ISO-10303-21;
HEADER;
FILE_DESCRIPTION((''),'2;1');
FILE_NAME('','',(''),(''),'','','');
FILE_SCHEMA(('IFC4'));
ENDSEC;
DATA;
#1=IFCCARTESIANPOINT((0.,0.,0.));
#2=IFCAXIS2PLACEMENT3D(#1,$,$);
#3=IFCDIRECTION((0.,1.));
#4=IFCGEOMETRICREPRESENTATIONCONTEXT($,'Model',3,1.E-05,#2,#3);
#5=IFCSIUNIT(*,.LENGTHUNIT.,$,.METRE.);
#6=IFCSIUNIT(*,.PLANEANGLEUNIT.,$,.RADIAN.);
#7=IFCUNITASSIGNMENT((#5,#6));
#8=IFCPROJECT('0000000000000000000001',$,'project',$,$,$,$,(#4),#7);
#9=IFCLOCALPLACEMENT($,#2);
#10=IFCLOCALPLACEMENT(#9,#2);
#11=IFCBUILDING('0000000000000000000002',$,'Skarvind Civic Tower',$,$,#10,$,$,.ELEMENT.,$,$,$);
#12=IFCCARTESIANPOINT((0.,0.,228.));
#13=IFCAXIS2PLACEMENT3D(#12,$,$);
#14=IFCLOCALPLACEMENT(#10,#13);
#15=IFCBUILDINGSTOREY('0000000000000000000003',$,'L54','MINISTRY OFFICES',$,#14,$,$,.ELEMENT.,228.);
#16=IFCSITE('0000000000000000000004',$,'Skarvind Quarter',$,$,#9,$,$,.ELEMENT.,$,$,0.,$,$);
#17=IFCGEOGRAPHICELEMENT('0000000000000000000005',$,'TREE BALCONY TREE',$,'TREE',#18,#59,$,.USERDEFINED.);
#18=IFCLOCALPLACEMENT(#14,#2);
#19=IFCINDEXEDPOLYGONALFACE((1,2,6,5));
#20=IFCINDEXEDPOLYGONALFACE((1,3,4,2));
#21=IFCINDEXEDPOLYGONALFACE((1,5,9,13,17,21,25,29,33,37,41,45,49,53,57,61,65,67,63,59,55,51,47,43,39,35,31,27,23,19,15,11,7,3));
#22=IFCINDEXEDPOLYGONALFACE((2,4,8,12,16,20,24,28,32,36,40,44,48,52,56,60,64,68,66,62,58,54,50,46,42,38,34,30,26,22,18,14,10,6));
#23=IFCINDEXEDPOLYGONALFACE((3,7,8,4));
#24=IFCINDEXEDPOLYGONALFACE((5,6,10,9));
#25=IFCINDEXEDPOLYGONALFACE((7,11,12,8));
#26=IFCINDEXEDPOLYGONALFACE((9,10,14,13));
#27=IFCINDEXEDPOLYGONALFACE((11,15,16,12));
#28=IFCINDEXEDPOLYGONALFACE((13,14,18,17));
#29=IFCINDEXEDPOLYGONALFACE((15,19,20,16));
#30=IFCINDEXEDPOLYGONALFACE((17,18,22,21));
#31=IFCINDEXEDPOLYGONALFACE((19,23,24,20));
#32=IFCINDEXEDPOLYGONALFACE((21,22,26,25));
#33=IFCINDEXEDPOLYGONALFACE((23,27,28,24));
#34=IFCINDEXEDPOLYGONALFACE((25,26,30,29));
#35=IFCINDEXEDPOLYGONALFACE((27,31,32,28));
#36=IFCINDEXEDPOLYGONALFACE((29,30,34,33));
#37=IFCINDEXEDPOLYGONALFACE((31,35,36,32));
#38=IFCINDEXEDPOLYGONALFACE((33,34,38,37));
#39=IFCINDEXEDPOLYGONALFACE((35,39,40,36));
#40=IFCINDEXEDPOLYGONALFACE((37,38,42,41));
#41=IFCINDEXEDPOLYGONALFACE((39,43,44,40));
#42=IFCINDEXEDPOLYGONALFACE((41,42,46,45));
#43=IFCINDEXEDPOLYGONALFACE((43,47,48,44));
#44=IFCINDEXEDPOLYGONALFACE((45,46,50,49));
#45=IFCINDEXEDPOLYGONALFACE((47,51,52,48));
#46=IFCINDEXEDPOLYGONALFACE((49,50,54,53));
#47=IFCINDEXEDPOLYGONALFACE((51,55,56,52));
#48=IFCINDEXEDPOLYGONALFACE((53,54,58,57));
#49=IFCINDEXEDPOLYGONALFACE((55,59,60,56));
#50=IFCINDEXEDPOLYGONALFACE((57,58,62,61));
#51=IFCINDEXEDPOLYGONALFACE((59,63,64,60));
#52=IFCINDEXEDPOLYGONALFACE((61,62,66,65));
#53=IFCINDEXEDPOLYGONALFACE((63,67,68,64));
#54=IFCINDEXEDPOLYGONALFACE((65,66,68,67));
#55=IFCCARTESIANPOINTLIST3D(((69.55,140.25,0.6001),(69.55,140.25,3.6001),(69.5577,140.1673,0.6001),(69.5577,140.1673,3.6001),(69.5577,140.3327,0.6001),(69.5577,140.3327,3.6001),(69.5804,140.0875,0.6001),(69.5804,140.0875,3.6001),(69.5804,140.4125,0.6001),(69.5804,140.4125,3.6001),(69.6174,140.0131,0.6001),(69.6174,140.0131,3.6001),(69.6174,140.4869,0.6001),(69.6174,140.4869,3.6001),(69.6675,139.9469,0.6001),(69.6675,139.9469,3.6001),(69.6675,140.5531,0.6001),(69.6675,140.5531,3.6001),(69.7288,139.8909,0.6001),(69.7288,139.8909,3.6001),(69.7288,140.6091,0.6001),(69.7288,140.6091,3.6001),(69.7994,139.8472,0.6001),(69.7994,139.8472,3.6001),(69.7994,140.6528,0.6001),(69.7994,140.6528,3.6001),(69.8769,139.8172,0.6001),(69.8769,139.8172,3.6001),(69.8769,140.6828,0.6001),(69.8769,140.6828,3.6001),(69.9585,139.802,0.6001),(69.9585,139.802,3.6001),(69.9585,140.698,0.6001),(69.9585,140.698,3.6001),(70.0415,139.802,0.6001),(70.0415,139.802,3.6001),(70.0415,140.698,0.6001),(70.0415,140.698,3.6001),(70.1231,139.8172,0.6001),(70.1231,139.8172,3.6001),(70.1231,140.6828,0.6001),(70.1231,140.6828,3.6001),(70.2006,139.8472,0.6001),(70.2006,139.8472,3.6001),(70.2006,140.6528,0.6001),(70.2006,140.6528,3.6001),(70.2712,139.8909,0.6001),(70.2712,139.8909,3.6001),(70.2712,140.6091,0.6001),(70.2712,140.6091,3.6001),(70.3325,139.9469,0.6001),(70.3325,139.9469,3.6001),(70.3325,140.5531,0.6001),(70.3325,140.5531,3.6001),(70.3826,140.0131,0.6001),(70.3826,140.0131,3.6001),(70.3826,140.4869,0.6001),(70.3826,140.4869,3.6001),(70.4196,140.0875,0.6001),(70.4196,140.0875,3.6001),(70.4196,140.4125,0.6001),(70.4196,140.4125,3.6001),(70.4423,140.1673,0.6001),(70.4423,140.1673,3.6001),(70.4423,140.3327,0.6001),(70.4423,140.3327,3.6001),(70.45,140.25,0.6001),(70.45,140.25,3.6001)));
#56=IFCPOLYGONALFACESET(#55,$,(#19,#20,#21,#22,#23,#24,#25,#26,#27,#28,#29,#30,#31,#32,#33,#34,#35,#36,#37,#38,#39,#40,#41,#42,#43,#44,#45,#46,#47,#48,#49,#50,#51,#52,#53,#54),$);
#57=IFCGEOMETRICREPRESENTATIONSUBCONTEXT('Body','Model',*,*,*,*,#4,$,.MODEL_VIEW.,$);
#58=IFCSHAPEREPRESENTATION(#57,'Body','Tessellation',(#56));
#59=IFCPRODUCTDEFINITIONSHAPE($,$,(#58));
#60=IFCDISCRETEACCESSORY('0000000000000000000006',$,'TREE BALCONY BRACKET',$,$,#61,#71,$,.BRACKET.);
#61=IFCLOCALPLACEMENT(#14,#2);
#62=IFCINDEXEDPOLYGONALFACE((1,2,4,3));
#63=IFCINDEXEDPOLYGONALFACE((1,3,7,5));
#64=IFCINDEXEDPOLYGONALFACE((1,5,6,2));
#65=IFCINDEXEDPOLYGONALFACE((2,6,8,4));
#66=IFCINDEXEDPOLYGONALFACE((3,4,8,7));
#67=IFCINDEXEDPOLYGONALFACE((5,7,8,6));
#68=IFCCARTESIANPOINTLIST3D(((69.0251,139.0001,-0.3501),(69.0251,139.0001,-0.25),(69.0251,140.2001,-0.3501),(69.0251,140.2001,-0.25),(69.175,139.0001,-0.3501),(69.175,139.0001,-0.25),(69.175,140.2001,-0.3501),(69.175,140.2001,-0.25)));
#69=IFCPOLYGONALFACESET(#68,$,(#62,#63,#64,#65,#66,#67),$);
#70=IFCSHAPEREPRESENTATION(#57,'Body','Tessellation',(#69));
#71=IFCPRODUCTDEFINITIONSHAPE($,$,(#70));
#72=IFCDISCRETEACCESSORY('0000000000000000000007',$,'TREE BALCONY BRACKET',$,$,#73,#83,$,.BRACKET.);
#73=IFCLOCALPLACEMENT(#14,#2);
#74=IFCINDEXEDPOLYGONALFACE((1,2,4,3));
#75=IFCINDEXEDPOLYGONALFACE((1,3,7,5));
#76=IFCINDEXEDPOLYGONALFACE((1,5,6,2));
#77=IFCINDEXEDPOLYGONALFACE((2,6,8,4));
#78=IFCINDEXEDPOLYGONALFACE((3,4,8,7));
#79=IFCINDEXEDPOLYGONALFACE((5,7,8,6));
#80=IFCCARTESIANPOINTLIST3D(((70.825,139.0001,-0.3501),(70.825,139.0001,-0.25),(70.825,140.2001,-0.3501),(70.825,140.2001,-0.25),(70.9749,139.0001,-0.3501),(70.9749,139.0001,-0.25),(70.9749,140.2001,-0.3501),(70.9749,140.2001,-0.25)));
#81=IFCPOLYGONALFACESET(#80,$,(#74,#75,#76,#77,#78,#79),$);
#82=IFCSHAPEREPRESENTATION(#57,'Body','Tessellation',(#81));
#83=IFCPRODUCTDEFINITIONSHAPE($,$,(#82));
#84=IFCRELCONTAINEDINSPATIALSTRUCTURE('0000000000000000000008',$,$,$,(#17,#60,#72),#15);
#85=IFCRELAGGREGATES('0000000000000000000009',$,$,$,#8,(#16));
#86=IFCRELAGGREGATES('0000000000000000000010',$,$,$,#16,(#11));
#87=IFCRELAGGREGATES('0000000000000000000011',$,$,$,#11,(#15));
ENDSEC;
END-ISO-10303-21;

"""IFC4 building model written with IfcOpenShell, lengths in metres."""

from ifc_helpers import new_model, si_unit, direction, frame, origin, origin_2d, place, context, subcontext, project, spatial, rectangle, circle, extrude, element, save


model = new_model("IFC4")

# Units and contexts
model_context = context("Model", 3, precision=1e-05, world=origin(), true_north=direction((0.0, 1.0)))
body_context = subcontext(model_context, "Body", "Model", "MODEL_VIEW")
ifc_project = project(units=[si_unit("LENGTHUNIT", "METRE"), si_unit("PLANEANGLEUNIT", "RADIAN")], contexts=[model_context])

# Site, building, storey
site_placement = place(None, origin())
site = spatial("IfcSite", under=ifc_project, at=site_placement, Name="Skarvind Quarter", CompositionType="ELEMENT", RefElevation=0.0)
building_placement = place(site_placement, origin())
building = spatial("IfcBuilding", under=site, at=building_placement, Name="Skarvind Civic Tower", CompositionType="ELEMENT")
storey_placement = place(building_placement, frame((0.0, 0.0, 228.0)))
storey = spatial("IfcBuildingStorey", under=building, at=storey_placement, Name="L54", Description="MINISTRY OFFICES", CompositionType="ELEMENT", Elevation=228.0)

# Geographic element
geographic_element_placement = place(storey_placement, frame((70.0, 140.25, 0.6001), z_axis=(0.0, 0.0, 1.0), x_axis=(1.0, 0.0, 0.0)))
element("IfcGeographicElement", 1, at=geographic_element_placement, inside=storey, Name="TREE BALCONY TREE", ObjectType="TREE", PredefinedType="USERDEFINED", context=body_context, shape_type="SweptSolid", body=[
    extrude(circle(Radius=0.45, at=origin_2d()), origin(), (0.0, 0.0, 1.0), 3.0),
])

# Discrete accessories
for number, where, z_axis, x_axis, name in (
    (2, (69.1001, 139.6001, -0.3501), (0.0, 0.0, 1.0), (1.0, 0.0, 0.0), "TREE BALCONY BRACKET"),
    (3, (70.8999, 139.6001, -0.3501), (0.0, 0.0, 1.0), (1.0, 0.0, 0.0), "TREE BALCONY BRACKET"),
):
    element("IfcDiscreteAccessory", number, at=place(storey_placement, frame(where, z_axis=z_axis, x_axis=x_axis)), inside=storey, Name=name, PredefinedType="BRACKET", context=body_context, shape_type="SweptSolid", body=[
        extrude(rectangle(XDim=0.1499, YDim=1.2, at=origin_2d()), origin(), (0.0, 0.0, 1.0), 0.1001),
    ])

save(model, "model.ifc")
